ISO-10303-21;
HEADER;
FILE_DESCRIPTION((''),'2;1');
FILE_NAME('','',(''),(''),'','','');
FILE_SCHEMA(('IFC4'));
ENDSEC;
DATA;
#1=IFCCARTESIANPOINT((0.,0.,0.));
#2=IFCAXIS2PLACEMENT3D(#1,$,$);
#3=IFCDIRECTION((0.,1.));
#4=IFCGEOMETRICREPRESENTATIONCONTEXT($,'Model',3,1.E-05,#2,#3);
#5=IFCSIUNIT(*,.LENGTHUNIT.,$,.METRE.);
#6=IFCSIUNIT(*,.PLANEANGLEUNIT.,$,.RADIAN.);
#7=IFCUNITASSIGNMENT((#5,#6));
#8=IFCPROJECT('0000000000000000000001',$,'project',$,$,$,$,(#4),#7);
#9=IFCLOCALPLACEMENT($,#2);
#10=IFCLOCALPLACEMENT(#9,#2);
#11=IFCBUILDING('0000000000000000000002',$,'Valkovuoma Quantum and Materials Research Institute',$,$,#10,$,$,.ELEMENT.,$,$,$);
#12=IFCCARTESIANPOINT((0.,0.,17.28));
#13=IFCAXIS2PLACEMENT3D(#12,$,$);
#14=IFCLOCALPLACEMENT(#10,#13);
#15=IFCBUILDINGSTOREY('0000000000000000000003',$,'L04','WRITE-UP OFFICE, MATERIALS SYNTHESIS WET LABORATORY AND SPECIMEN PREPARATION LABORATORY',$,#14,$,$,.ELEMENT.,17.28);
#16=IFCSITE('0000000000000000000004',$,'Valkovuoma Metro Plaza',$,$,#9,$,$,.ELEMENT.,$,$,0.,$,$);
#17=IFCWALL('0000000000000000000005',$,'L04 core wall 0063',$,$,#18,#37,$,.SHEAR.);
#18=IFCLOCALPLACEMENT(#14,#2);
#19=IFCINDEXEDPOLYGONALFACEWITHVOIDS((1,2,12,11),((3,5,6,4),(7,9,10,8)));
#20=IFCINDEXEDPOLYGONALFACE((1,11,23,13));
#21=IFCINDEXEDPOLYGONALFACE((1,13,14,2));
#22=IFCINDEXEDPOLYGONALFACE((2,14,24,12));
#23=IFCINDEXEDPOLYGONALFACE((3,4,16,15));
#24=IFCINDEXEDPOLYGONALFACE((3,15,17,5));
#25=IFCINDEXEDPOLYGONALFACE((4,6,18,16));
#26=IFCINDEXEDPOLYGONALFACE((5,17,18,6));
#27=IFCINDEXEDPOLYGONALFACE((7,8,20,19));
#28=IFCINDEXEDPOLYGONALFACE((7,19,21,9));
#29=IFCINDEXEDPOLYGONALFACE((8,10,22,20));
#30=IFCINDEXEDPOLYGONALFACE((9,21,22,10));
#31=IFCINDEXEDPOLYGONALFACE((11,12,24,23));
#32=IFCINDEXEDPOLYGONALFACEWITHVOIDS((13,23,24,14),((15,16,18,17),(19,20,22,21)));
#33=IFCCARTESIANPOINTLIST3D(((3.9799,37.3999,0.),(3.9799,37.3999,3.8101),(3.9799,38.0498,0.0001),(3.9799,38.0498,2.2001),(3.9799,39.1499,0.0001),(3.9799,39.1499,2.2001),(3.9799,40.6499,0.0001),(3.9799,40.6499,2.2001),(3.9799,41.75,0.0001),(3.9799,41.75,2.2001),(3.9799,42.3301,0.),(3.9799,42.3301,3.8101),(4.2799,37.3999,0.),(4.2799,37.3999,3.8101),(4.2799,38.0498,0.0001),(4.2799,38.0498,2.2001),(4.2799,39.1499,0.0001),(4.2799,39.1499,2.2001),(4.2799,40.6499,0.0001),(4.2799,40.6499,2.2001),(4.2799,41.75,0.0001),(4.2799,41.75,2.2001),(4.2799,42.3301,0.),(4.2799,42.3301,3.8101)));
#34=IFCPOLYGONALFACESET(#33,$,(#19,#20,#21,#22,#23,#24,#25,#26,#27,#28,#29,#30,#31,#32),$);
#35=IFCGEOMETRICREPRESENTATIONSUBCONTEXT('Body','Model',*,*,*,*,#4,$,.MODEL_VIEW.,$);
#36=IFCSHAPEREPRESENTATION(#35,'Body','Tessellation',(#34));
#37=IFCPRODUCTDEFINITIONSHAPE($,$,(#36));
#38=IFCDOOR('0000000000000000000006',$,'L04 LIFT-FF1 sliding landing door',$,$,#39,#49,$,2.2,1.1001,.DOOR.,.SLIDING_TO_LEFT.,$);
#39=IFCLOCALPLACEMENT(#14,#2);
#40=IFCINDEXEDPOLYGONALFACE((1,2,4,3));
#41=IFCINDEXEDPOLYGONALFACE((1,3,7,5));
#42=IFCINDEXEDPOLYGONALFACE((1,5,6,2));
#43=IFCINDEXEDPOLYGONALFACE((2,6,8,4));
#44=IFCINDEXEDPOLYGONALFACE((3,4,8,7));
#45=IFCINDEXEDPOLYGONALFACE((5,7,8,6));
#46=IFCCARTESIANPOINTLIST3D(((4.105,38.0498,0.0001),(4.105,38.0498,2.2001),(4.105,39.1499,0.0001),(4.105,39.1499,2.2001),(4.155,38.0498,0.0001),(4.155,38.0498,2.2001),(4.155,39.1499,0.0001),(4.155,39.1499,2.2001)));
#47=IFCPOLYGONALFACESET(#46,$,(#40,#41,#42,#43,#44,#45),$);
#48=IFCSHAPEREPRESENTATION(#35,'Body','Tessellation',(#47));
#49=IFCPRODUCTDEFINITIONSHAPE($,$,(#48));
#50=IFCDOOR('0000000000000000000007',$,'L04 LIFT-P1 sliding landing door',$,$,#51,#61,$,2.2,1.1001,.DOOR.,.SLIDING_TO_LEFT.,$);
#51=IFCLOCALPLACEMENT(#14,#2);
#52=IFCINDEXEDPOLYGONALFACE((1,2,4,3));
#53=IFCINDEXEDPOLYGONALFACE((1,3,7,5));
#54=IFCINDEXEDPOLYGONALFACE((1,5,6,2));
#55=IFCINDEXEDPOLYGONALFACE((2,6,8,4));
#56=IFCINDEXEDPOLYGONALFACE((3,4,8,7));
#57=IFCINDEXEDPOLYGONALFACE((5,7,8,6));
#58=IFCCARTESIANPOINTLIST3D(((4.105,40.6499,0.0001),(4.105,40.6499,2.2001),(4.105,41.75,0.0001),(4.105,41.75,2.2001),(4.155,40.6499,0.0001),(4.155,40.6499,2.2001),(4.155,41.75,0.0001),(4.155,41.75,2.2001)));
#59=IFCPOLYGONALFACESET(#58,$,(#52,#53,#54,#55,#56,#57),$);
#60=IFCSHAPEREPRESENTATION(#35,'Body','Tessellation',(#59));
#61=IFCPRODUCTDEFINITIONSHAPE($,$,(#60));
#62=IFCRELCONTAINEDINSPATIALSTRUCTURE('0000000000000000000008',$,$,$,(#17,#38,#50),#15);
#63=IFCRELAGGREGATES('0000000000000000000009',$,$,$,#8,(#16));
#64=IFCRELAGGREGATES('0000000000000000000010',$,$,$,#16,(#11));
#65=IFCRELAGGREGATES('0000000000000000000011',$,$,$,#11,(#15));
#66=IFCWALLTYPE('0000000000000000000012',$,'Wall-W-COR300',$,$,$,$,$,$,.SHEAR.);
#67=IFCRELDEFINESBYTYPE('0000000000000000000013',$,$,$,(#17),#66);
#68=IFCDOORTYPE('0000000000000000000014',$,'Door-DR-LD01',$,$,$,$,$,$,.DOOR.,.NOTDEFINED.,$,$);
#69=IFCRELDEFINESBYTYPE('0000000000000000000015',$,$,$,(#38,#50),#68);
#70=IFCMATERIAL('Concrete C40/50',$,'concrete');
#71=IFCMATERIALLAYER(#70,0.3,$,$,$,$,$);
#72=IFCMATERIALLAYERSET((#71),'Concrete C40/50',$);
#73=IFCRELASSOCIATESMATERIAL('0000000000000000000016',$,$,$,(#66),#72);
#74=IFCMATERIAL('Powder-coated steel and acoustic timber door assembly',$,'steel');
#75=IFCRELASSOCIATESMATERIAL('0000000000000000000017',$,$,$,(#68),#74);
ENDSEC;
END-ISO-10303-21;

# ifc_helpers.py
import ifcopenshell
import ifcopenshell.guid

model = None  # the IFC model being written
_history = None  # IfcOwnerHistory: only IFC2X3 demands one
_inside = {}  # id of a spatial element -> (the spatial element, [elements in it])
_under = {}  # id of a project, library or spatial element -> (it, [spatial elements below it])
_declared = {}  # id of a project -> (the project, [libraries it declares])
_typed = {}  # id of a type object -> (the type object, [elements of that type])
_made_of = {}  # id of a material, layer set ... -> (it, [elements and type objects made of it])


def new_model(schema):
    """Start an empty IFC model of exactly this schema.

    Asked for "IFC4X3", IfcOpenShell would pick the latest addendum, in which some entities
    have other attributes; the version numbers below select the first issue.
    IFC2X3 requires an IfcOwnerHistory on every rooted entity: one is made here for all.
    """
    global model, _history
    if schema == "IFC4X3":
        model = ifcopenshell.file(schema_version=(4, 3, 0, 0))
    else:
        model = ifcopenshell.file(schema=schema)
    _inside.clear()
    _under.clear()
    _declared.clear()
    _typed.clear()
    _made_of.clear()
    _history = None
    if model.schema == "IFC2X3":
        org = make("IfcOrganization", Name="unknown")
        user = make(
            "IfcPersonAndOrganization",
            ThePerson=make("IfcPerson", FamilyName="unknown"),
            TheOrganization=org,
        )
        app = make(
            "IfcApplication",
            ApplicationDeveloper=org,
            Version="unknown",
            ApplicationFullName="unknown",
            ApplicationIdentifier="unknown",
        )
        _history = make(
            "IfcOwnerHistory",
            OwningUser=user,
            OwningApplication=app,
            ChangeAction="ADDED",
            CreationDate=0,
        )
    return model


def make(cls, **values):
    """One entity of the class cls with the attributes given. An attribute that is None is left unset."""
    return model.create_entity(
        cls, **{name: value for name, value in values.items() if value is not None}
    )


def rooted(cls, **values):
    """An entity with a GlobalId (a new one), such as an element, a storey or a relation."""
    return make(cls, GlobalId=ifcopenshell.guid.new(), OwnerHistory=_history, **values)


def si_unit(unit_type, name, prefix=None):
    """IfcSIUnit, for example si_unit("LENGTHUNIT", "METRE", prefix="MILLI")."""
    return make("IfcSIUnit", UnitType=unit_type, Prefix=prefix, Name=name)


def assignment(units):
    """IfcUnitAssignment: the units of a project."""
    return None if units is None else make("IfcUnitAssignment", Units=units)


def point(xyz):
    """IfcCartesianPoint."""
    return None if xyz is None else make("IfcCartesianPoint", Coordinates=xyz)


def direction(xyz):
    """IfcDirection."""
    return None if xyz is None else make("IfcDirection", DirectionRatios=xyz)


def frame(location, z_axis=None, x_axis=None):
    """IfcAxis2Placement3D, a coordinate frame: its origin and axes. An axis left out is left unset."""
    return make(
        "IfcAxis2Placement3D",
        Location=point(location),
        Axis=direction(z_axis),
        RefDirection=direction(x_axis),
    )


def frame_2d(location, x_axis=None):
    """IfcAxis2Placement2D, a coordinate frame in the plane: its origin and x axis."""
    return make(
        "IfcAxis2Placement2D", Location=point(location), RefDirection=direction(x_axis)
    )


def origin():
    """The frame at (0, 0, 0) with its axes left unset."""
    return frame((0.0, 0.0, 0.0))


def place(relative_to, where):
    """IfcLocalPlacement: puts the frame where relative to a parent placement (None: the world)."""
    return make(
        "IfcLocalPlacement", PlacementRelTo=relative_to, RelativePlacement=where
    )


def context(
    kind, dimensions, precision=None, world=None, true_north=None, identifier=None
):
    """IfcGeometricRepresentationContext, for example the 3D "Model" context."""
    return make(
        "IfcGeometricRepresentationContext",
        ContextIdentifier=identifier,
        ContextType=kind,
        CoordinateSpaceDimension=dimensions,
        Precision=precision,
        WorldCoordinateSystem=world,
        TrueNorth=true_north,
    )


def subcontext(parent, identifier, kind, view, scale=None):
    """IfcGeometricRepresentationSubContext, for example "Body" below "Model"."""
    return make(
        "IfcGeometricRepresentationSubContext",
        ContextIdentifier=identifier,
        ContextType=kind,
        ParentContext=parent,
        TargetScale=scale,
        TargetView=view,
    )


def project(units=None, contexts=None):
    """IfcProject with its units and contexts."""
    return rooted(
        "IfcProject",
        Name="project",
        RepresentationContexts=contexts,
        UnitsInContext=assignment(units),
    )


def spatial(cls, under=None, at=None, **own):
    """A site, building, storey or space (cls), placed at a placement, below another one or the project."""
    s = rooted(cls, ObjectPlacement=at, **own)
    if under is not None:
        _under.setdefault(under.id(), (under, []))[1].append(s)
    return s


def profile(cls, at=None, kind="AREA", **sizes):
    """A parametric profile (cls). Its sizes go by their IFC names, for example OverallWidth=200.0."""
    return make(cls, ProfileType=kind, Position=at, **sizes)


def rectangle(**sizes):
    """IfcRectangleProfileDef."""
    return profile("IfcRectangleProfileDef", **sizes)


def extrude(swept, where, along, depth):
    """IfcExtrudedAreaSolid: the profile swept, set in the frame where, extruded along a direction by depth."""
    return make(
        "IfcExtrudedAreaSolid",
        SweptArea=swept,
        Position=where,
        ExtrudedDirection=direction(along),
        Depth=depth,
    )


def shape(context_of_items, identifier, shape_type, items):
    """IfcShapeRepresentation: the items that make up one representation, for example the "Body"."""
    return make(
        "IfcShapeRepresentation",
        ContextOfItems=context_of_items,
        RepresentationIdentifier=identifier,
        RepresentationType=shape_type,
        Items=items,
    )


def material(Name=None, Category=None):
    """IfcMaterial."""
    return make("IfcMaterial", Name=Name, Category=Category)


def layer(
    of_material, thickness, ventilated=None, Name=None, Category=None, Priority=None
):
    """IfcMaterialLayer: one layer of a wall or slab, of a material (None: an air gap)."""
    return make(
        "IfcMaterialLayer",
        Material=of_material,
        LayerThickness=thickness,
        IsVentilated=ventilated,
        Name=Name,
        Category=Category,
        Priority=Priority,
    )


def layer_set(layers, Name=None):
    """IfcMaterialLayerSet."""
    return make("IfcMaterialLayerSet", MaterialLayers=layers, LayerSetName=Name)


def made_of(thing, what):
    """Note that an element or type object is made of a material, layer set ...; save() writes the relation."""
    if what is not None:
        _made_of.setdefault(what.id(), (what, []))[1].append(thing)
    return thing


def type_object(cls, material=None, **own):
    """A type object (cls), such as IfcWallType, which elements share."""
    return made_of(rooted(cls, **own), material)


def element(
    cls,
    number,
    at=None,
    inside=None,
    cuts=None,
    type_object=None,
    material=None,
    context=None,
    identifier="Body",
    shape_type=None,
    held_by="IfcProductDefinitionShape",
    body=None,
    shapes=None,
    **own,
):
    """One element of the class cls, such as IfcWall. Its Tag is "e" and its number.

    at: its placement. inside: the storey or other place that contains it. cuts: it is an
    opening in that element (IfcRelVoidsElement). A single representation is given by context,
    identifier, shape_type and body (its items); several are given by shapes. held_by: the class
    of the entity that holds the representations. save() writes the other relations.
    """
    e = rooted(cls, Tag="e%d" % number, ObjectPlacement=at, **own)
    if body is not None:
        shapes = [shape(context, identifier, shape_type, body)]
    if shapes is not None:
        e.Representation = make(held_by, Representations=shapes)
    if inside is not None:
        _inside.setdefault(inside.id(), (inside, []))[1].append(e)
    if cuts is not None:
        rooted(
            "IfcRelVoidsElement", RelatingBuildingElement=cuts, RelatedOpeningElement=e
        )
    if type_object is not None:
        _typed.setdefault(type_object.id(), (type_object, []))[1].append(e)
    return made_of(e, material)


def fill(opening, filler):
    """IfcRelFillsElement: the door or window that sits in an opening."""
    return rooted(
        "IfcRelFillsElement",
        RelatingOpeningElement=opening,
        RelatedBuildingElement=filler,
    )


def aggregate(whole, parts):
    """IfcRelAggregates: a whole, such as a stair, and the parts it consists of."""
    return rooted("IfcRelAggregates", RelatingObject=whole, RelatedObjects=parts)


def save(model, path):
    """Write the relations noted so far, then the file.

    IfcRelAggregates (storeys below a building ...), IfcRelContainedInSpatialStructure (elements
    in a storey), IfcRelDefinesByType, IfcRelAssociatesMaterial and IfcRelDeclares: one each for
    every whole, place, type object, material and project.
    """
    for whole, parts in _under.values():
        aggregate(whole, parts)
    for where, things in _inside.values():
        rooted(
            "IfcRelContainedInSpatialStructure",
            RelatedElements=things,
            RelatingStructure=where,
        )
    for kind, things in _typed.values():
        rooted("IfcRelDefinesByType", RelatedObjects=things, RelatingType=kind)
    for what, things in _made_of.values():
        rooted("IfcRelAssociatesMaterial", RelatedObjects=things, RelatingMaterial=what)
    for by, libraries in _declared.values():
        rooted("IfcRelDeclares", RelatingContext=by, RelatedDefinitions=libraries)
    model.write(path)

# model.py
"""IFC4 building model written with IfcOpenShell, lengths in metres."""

from ifc_helpers import new_model, si_unit, direction, frame, frame_2d, origin, place, context, subcontext, project, spatial, rectangle, extrude, material, layer, layer_set, type_object, element, fill, save


model = new_model("IFC4")

# Units and contexts
model_context = context("Model", 3, precision=1e-05, world=origin(), true_north=direction((0.0, 1.0)))
body_context = subcontext(model_context, "Body", "Model", "MODEL_VIEW")
ifc_project = project(units=[si_unit("LENGTHUNIT", "METRE"), si_unit("PLANEANGLEUNIT", "RADIAN")], contexts=[model_context])

# Site, building, storey
site_placement = place(None, origin())
site = spatial("IfcSite", under=ifc_project, at=site_placement, Name="Valkovuoma Metro Plaza", CompositionType="ELEMENT", RefElevation=0.0)
building_placement = place(site_placement, origin())
building = spatial("IfcBuilding", under=site, at=building_placement, Name="Valkovuoma Quantum and Materials Research Institute", CompositionType="ELEMENT")
storey_placement = place(building_placement, frame((0.0, 0.0, 17.28)))
storey = spatial("IfcBuildingStorey", under=building, at=storey_placement, Name="L04", Description="WRITE-UP OFFICE, MATERIALS SYNTHESIS WET LABORATORY AND SPECIMEN PREPARATION LABORATORY", CompositionType="ELEMENT", Elevation=17.28)

# Shared definitions
ifc_material_1 = material(Name="Concrete C40/50", Category="concrete")
ifc_layer_1 = layer(ifc_material_1, 0.3)
ifc_layer_set_1 = layer_set([ifc_layer_1], Name="Concrete C40/50")
wall_type = type_object("IfcWallType", Name="Wall-W-COR300", PredefinedType="SHEAR", material=ifc_layer_set_1)

# Wall, openings, doors
wall_1_placement = place(storey_placement, frame((4.1299, 37.3999, 0.0), z_axis=(0.0, 0.0, 1.0), x_axis=(0.0, 1.0, 0.0)))
wall_1 = element("IfcWall", 1, at=wall_1_placement, inside=storey, type_object=wall_type, Name="L04 core wall 0063", PredefinedType="SHEAR", context=body_context, shape_type="SweptSolid", body=[
    extrude(rectangle(XDim=4.9302, YDim=0.3, at=frame_2d((2.4651, 0.0))), origin(), (0.0, 0.0, 1.0), 3.8101),
])
opening_1_placement = place(wall_1_placement, frame((0.6499, 0.0, 0.0)))
opening_1 = element("IfcOpeningElement", 2, at=opening_1_placement, cuts=wall_1, PredefinedType="OPENING", context=body_context, shape_type="SweptSolid", body=[
    extrude(rectangle(XDim=1.1001, YDim=2.2, at=frame_2d((0.55, 1.1001))), frame((0.0, 0.1602, 0.0), z_axis=(0.0, -1.0, 0.0), x_axis=(1.0, 0.0, 0.0)), (0.0, 0.0, 1.0), 0.3201),
])
opening_2_placement = place(wall_1_placement, frame((3.25, 0.0, 0.0)))
opening_2 = element("IfcOpeningElement", 3, at=opening_2_placement, cuts=wall_1, PredefinedType="OPENING", context=body_context, shape_type="SweptSolid", body=[
    extrude(rectangle(XDim=1.1001, YDim=2.2, at=frame_2d((0.55, 1.1001))), frame((0.0, 0.1602, 0.0), z_axis=(0.0, -1.0, 0.0), x_axis=(1.0, 0.0, 0.0)), (0.0, 0.0, 1.0), 0.3201),
])
ifc_material_2 = material(Name="Powder-coated steel and acoustic timber door assembly", Category="steel")
door_type = type_object("IfcDoorType", Name="Door-DR-LD01", OperationType="NOTDEFINED", PredefinedType="DOOR", material=ifc_material_2)
door_1_placement = place(opening_1_placement, origin())
door_1 = element("IfcDoor", 4, at=door_1_placement, inside=storey, type_object=door_type, Name="L04 LIFT-FF1 sliding landing door", OperationType="SLIDING_TO_LEFT", OverallHeight=2.2, OverallWidth=1.1001, PredefinedType="DOOR", context=body_context, shape_type="SweptSolid", body=[
    extrude(rectangle(XDim=1.1001, YDim=2.2, at=frame_2d((0.55, 1.1001))), frame((0.0, 0.0249, 0.0), z_axis=(0.0, -1.0, 0.0), x_axis=(1.0, 0.0, 0.0)), (0.0, 0.0, 1.0), 0.05),
])
fill(opening_1, door_1)
door_2_placement = place(opening_2_placement, origin())
door_2 = element("IfcDoor", 5, at=door_2_placement, inside=storey, type_object=door_type, Name="L04 LIFT-P1 sliding landing door", OperationType="SLIDING_TO_LEFT", OverallHeight=2.2, OverallWidth=1.1001, PredefinedType="DOOR", context=body_context, shape_type="SweptSolid", body=[
    extrude(rectangle(XDim=1.1001, YDim=2.2, at=frame_2d((0.55, 1.1001))), frame((0.0, 0.0249, 0.0), z_axis=(0.0, -1.0, 0.0), x_axis=(1.0, 0.0, 0.0)), (0.0, 0.0, 1.0), 0.05),
])
fill(opening_2, door_2)

save(model, "model.ifc")
